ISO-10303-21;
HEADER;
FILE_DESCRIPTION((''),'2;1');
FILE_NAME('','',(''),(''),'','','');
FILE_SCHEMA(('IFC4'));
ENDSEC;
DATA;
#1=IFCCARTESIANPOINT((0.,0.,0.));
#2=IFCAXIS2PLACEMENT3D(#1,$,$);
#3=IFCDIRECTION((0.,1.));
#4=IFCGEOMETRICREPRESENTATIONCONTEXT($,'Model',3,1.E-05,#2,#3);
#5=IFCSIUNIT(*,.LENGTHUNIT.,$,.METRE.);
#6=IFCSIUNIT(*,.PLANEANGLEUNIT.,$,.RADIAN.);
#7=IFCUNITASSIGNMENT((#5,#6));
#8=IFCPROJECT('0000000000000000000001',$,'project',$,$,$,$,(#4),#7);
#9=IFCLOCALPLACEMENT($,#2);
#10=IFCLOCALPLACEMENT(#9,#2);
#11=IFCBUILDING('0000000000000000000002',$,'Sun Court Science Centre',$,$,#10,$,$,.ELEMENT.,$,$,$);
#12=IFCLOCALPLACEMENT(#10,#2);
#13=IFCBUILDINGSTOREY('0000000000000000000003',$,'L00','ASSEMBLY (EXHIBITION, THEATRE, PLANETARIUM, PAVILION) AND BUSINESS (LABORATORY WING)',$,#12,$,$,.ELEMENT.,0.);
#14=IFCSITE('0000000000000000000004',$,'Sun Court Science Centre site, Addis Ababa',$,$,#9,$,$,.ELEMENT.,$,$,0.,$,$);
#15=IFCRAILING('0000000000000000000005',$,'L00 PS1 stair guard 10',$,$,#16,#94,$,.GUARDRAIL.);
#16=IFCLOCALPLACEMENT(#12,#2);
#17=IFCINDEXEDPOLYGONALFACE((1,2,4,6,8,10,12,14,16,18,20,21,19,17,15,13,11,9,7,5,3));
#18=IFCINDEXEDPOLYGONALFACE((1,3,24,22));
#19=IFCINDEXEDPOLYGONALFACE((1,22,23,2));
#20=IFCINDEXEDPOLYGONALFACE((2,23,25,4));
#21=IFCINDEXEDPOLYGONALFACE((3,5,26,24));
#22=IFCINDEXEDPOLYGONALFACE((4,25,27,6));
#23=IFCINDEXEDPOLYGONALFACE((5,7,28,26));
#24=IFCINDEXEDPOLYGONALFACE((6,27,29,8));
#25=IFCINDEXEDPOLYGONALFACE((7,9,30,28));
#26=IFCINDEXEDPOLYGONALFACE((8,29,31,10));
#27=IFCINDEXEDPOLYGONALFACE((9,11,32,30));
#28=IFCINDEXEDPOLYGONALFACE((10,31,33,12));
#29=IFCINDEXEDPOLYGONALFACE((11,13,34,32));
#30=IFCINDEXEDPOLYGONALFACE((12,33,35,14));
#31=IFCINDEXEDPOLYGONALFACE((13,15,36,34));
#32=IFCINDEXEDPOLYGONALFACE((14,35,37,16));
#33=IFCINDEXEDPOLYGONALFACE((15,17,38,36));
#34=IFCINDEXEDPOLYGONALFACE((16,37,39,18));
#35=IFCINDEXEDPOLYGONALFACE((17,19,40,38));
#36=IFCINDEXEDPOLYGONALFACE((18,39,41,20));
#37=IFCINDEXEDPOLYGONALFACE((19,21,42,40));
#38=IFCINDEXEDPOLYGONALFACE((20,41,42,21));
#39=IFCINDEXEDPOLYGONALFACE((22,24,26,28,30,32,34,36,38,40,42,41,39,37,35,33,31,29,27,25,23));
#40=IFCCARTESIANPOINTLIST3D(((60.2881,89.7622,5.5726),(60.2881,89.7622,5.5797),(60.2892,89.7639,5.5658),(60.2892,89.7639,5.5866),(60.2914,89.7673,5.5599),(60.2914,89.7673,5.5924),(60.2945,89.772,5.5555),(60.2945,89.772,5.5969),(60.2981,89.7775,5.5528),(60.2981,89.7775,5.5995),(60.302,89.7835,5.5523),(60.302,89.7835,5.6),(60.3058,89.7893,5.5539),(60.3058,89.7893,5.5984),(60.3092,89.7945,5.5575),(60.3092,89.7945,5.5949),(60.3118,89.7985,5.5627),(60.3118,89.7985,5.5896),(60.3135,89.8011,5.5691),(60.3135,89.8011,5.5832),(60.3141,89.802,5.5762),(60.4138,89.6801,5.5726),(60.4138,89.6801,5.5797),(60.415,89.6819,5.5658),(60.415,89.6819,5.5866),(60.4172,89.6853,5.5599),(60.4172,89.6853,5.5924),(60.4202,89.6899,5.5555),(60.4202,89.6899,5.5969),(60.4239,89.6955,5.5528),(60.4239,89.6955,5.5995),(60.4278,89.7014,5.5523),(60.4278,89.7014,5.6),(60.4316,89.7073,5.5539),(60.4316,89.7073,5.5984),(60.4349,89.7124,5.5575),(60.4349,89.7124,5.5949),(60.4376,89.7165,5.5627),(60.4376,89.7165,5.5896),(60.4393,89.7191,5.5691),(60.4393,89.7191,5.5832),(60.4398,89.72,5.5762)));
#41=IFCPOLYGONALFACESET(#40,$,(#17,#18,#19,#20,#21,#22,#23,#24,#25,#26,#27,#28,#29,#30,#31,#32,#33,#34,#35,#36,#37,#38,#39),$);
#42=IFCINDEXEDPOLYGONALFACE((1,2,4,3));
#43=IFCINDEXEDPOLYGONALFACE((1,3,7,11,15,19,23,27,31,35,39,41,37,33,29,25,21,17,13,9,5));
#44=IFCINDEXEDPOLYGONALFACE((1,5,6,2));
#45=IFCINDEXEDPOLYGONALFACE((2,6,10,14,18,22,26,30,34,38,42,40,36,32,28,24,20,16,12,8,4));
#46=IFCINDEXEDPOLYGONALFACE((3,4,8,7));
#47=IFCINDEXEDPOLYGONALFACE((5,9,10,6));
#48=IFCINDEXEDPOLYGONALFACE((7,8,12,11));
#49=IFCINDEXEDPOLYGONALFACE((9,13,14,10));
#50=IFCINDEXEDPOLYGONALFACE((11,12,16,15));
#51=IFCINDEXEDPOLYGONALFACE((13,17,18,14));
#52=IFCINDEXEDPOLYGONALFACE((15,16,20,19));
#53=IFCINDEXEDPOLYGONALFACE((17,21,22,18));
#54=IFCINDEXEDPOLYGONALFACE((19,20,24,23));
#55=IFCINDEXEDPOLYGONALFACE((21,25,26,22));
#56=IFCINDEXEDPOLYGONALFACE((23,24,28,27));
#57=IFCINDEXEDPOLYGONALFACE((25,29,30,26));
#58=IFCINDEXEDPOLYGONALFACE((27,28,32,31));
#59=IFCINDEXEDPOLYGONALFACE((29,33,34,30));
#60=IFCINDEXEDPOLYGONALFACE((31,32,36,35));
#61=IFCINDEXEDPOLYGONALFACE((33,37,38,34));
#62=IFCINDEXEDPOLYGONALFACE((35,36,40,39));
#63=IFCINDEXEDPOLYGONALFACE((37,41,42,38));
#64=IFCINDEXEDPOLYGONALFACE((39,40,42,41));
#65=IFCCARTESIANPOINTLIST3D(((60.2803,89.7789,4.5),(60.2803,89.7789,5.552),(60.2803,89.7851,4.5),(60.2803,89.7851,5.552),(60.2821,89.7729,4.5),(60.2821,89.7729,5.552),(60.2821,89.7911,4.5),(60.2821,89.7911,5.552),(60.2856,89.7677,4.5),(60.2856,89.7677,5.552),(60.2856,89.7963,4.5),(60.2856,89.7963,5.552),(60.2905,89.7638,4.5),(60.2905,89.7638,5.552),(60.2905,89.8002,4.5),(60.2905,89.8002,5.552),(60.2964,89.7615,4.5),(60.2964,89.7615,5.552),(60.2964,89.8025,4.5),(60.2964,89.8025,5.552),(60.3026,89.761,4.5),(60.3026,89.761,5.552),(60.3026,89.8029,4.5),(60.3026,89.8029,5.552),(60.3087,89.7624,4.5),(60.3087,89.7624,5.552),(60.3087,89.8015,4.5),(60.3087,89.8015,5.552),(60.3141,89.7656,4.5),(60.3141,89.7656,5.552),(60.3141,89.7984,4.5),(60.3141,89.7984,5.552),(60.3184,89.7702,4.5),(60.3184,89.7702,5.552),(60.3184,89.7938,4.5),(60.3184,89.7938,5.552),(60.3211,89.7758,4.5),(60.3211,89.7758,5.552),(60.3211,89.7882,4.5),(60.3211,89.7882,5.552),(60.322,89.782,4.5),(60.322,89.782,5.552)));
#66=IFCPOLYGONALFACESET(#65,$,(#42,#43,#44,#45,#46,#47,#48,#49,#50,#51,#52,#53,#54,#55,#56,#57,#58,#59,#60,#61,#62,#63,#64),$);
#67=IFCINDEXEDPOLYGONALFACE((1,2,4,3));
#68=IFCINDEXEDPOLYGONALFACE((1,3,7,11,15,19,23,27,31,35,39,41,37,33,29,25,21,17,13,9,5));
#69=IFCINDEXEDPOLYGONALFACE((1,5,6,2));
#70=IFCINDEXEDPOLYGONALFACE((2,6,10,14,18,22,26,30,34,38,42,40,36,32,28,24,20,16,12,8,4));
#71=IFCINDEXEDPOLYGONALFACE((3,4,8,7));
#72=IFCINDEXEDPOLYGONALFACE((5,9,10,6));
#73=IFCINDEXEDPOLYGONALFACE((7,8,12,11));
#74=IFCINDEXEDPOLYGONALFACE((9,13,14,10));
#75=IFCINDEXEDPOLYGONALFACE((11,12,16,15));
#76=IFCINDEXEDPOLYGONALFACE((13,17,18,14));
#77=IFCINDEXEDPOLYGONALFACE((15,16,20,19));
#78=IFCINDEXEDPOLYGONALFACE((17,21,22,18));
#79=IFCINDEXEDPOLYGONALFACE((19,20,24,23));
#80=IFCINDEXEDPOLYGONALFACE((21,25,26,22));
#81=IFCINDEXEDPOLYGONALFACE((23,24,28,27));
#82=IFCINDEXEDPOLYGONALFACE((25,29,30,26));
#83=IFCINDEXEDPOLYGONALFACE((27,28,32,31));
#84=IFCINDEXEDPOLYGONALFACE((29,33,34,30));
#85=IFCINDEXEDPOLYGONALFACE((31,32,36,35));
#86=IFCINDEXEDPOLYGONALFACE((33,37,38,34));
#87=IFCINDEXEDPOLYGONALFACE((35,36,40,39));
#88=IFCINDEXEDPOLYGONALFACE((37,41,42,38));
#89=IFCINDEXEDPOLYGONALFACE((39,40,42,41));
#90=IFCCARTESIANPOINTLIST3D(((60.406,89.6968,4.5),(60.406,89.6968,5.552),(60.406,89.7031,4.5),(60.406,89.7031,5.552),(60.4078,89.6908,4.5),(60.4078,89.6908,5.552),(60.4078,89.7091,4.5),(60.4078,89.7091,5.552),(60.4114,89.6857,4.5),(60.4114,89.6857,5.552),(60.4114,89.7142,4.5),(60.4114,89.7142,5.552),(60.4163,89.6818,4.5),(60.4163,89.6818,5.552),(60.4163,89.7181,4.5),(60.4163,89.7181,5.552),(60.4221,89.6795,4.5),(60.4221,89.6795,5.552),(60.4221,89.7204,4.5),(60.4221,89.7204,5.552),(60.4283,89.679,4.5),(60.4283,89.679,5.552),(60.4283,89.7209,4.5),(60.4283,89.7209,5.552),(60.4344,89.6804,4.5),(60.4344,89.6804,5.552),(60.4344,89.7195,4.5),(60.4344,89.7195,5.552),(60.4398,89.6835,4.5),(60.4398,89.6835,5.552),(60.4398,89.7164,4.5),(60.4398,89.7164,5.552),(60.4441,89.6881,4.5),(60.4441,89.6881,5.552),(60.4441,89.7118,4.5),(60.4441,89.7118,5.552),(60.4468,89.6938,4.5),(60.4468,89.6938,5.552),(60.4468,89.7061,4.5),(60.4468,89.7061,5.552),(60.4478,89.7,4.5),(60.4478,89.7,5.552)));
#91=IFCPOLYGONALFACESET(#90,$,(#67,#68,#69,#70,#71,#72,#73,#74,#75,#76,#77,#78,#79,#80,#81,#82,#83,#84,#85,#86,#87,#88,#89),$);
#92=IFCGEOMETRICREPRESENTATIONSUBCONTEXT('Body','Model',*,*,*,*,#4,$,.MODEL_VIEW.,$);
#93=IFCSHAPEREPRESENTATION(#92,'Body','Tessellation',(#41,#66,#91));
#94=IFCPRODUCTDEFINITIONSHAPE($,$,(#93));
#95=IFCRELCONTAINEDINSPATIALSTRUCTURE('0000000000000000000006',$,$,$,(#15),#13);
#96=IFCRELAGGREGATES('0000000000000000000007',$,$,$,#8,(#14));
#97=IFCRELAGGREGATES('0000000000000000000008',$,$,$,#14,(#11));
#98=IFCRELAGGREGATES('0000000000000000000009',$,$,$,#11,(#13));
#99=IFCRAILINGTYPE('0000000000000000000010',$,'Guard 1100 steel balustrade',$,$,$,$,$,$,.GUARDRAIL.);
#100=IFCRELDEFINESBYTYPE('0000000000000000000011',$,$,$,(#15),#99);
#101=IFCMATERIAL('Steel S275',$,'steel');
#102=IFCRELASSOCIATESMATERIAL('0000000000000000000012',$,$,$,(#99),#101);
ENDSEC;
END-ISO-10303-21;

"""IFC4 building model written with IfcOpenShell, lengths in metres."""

from ifc_helpers import new_model, si_unit, direction, frame, origin, origin_2d, place, context, subcontext, project, spatial, circle, extrude, material, type_object, element, save


model = new_model("IFC4")

# Units and contexts
model_context = context("Model", 3, precision=1e-05, world=origin(), true_north=direction((0.0, 1.0)))
body_context = subcontext(model_context, "Body", "Model", "MODEL_VIEW")
ifc_project = project(units=[si_unit("LENGTHUNIT", "METRE"), si_unit("PLANEANGLEUNIT", "RADIAN")], contexts=[model_context])

# Site, building, storey
site_placement = place(None, origin())
site = spatial("IfcSite", under=ifc_project, at=site_placement, Name="Sun Court Science Centre site, Addis Ababa", CompositionType="ELEMENT", RefElevation=0.0)
building_placement = place(site_placement, origin())
building = spatial("IfcBuilding", under=site, at=building_placement, Name="Sun Court Science Centre", CompositionType="ELEMENT")
storey_placement = place(building_placement, origin())
storey = spatial("IfcBuildingStorey", under=building, at=storey_placement, Name="L00", Description="ASSEMBLY (EXHIBITION, THEATRE, PLANETARIUM, PAVILION) AND BUSINESS (LABORATORY WING)", CompositionType="ELEMENT", Elevation=0.0)

# Railing
ifc_material_1 = material(Name="Steel S275", Category="steel")
railing_type = type_object("IfcRailingType", Name="Guard 1100 steel balustrade", PredefinedType="GUARDRAIL", material=ifc_material_1)
railing_1_placement = place(storey_placement, frame((60.301, 89.782, 4.5)))
element("IfcRailing", 1, at=railing_1_placement, inside=storey, type_object=railing_type, Name="L00 PS1 stair guard 10", PredefinedType="GUARDRAIL", context=body_context, shape_type="SweptSolid", body=[
    extrude(circle(Radius=0.0239, at=origin_2d()), frame((0.0, 0.0, 1.0762), z_axis=(0.837514, -0.546417, 0.0), x_axis=(0.546417, 0.837514, 0.0)), (0.0, 0.0, 1.0), 0.1501),
    extrude(circle(Radius=0.021, at=origin_2d()), origin(), (0.0, 0.0, 1.0), 1.052),
    extrude(circle(Radius=0.021, at=origin_2d()), frame((0.1257, -0.082, 0.0)), (0.0, 0.0, 1.0), 1.052),
])

save(model, "model.ifc")
